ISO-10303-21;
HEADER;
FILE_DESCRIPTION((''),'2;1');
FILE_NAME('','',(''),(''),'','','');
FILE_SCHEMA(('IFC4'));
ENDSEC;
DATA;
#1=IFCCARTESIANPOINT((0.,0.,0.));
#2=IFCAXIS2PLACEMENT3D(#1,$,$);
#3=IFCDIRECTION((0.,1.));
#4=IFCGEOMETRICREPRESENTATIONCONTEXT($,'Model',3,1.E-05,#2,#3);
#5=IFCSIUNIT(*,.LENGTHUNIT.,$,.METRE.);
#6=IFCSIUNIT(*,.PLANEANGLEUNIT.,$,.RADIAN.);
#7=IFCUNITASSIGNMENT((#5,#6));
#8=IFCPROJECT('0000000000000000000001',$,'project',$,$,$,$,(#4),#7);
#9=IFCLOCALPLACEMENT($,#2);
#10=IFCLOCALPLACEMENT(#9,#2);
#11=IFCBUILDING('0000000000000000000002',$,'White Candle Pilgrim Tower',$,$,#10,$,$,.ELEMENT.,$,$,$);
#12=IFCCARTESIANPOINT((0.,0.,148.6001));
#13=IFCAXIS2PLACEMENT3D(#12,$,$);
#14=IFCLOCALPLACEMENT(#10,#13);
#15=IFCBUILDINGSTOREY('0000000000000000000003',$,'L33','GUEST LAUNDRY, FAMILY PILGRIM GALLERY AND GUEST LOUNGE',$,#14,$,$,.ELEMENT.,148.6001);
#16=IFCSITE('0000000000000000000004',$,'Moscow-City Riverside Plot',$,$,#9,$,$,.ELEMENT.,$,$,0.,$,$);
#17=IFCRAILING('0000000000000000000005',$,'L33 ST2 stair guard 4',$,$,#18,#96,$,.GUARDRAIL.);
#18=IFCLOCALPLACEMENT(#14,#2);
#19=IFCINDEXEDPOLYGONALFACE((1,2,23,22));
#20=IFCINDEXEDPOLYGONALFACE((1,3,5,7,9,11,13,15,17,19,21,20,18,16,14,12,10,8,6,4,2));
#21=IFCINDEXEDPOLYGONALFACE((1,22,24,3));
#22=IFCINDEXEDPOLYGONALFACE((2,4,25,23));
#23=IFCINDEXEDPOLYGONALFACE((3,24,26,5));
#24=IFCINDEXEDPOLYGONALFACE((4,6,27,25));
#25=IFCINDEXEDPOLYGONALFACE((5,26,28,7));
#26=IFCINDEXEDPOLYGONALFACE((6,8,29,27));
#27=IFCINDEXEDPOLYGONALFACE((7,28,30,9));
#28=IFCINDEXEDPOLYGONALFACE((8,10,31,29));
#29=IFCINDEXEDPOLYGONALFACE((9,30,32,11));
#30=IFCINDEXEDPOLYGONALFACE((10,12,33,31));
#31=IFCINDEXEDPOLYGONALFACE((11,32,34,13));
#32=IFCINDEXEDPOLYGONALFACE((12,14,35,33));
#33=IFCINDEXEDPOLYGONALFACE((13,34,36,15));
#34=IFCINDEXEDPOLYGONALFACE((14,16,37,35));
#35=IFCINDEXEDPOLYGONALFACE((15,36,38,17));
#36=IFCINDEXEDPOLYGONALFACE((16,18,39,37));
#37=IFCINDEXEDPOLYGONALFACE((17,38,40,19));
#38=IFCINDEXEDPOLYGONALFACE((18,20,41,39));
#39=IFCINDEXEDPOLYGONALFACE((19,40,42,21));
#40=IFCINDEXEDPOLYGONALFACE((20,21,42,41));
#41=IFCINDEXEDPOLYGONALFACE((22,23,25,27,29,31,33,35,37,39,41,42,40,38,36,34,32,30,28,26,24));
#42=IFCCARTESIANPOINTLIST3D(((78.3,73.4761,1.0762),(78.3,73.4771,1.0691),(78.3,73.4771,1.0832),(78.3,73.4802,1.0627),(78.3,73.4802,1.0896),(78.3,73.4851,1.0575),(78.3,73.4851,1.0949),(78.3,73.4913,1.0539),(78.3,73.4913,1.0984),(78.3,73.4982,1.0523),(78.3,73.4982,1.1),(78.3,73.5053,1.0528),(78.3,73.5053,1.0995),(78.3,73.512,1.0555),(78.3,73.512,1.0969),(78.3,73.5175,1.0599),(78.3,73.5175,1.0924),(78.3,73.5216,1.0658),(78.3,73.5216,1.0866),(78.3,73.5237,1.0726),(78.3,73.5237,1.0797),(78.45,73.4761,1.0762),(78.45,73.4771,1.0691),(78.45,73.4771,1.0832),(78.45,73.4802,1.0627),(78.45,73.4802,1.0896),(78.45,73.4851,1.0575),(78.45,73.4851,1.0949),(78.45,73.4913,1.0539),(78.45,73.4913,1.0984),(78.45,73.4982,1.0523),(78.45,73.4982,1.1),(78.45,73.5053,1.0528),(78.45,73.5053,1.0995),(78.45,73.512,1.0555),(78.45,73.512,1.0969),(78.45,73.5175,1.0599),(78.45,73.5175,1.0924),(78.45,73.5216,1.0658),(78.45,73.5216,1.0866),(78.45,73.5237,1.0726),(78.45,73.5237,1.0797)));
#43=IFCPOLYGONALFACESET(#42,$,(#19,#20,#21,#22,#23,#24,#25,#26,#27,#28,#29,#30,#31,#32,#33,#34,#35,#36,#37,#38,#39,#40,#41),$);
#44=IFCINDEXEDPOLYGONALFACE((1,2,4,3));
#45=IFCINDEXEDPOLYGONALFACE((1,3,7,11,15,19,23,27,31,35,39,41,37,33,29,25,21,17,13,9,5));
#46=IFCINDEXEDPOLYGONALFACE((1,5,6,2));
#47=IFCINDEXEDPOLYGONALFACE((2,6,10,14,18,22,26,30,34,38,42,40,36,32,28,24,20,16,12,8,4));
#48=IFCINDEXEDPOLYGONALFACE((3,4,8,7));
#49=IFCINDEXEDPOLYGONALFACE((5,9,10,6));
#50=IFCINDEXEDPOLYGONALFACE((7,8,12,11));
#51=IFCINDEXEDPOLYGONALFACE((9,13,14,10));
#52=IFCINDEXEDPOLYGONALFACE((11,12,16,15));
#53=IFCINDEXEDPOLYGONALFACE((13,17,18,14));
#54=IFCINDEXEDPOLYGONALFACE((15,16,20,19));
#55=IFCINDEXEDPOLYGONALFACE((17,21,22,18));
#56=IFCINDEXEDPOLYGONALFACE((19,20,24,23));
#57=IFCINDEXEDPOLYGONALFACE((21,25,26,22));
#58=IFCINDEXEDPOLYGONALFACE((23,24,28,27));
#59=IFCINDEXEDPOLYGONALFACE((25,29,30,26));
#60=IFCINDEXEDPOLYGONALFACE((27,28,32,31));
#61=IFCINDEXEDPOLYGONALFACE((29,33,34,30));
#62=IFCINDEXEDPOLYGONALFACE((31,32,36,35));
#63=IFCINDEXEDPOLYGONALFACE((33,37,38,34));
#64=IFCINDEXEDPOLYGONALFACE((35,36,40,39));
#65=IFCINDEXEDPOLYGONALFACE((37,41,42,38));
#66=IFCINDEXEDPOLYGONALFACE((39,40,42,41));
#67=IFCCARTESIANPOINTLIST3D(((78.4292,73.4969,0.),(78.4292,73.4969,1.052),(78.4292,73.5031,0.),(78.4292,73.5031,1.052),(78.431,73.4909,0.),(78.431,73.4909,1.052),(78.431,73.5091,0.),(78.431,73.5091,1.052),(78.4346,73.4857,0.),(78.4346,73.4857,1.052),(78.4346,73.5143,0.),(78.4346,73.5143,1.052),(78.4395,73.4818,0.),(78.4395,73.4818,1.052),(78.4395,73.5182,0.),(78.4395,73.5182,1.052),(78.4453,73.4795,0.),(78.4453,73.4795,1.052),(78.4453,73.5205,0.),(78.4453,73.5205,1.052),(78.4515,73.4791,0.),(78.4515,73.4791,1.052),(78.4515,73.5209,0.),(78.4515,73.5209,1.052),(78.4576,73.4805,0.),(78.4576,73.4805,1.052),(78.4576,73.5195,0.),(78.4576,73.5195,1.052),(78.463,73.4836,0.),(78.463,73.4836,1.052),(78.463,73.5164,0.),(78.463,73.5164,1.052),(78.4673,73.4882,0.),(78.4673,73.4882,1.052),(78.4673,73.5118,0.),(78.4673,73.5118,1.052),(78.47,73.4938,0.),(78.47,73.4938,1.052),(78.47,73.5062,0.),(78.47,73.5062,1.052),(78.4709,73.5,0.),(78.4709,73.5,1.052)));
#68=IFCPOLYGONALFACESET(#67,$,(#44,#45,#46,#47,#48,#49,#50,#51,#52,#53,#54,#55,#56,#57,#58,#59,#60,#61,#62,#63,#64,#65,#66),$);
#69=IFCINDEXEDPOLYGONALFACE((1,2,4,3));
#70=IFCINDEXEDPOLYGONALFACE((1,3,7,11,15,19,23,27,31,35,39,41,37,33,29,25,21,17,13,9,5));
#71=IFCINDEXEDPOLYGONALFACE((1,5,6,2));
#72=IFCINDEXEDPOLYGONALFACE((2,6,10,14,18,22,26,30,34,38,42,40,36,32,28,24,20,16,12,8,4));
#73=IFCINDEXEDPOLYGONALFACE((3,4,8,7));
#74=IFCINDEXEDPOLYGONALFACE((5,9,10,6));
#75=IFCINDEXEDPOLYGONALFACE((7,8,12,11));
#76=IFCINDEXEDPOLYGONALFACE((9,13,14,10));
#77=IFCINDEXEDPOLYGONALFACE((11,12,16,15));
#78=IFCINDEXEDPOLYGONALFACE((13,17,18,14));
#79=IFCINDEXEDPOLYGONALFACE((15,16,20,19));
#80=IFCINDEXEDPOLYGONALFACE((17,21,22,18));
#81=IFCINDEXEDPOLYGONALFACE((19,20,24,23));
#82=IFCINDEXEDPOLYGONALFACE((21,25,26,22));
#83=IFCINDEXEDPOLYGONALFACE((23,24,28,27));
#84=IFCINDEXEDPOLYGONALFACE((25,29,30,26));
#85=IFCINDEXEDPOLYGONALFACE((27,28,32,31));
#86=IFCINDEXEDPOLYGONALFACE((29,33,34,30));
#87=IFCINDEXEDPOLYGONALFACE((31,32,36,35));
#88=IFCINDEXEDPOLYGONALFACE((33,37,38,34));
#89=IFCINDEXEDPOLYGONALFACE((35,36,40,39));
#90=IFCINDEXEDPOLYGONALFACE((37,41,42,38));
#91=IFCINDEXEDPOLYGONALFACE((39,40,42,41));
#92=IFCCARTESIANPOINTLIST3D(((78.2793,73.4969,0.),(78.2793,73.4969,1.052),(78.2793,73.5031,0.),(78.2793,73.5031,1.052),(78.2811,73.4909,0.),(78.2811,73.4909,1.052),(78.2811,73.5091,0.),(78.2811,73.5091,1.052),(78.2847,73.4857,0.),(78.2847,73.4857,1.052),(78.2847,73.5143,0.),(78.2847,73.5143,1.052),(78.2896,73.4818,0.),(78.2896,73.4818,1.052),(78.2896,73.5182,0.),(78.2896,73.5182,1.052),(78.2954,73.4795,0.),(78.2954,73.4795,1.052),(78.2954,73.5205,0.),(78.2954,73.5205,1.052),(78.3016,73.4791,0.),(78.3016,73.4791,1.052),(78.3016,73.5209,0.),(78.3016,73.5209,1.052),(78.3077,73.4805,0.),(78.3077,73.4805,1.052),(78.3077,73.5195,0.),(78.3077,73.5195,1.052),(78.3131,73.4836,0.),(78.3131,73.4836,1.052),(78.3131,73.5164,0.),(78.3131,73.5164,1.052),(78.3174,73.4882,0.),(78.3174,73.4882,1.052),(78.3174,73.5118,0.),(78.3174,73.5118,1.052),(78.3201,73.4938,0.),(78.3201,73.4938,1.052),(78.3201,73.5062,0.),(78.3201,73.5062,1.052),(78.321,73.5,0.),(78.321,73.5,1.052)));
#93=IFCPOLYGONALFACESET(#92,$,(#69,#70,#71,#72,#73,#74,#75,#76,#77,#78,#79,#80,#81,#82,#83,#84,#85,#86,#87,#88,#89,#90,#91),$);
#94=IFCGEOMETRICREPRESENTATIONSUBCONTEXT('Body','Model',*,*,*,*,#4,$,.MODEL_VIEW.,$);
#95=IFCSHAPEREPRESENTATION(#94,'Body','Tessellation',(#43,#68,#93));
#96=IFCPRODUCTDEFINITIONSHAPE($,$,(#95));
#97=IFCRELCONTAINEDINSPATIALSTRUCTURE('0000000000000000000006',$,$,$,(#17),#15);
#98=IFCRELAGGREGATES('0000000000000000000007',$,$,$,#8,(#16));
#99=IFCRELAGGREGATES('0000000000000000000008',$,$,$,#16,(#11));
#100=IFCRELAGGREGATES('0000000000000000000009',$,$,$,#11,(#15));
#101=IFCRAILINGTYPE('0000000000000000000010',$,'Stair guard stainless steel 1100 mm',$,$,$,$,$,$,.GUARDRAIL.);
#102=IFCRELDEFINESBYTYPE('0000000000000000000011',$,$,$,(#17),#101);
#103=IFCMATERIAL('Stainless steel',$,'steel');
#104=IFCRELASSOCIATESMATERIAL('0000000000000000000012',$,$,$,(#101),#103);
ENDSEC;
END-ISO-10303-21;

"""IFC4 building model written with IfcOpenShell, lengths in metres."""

from ifc_helpers import new_model, si_unit, direction, frame, origin, origin_2d, place, context, subcontext, project, spatial, circle, extrude, material, type_object, element, save


model = new_model("IFC4")

# Units and contexts
model_context = context("Model", 3, precision=1e-05, world=origin(), true_north=direction((0.0, 1.0)))
body_context = subcontext(model_context, "Body", "Model", "MODEL_VIEW")
ifc_project = project(units=[si_unit("LENGTHUNIT", "METRE"), si_unit("PLANEANGLEUNIT", "RADIAN")], contexts=[model_context])

# Site, building, storey
site_placement = place(None, origin())
site = spatial("IfcSite", under=ifc_project, at=site_placement, Name="Moscow-City Riverside Plot", CompositionType="ELEMENT", RefElevation=0.0)
building_placement = place(site_placement, origin())
building = spatial("IfcBuilding", under=site, at=building_placement, Name="White Candle Pilgrim Tower", CompositionType="ELEMENT")
storey_placement = place(building_placement, frame((0.0, 0.0, 148.6001)))
storey = spatial("IfcBuildingStorey", under=building, at=storey_placement, Name="L33", Description="GUEST LAUNDRY, FAMILY PILGRIM GALLERY AND GUEST LOUNGE", CompositionType="ELEMENT", Elevation=148.6001)

# Railing
ifc_material_1 = material(Name="Stainless steel", Category="steel")
railing_type_1 = type_object("IfcRailingType", Name="Stair guard stainless steel 1100 mm", PredefinedType="GUARDRAIL", material=ifc_material_1)
railing_1_placement = place(storey_placement, frame((78.45, 73.5, 0.0)))
element("IfcRailing", 1, at=railing_1_placement, inside=storey, type_object=railing_type_1, Name="L33 ST2 stair guard 4", PredefinedType="GUARDRAIL", context=body_context, shape_type="SweptSolid", body=[
    extrude(circle(Radius=0.0239, at=origin_2d()), frame((0.0, 0.0, 1.0762), z_axis=(-1.0, 0.0, 0.0), x_axis=(0.0, -1.0, 0.0)), (0.0, 0.0, 1.0), 0.1499),
    extrude(circle(Radius=0.021, at=origin_2d()), origin(), (0.0, 0.0, 1.0), 1.052),
    extrude(circle(Radius=0.021, at=origin_2d()), frame((-0.1499, 0.0, 0.0)), (0.0, 0.0, 1.0), 1.052),
])

save(model, "model.ifc")
